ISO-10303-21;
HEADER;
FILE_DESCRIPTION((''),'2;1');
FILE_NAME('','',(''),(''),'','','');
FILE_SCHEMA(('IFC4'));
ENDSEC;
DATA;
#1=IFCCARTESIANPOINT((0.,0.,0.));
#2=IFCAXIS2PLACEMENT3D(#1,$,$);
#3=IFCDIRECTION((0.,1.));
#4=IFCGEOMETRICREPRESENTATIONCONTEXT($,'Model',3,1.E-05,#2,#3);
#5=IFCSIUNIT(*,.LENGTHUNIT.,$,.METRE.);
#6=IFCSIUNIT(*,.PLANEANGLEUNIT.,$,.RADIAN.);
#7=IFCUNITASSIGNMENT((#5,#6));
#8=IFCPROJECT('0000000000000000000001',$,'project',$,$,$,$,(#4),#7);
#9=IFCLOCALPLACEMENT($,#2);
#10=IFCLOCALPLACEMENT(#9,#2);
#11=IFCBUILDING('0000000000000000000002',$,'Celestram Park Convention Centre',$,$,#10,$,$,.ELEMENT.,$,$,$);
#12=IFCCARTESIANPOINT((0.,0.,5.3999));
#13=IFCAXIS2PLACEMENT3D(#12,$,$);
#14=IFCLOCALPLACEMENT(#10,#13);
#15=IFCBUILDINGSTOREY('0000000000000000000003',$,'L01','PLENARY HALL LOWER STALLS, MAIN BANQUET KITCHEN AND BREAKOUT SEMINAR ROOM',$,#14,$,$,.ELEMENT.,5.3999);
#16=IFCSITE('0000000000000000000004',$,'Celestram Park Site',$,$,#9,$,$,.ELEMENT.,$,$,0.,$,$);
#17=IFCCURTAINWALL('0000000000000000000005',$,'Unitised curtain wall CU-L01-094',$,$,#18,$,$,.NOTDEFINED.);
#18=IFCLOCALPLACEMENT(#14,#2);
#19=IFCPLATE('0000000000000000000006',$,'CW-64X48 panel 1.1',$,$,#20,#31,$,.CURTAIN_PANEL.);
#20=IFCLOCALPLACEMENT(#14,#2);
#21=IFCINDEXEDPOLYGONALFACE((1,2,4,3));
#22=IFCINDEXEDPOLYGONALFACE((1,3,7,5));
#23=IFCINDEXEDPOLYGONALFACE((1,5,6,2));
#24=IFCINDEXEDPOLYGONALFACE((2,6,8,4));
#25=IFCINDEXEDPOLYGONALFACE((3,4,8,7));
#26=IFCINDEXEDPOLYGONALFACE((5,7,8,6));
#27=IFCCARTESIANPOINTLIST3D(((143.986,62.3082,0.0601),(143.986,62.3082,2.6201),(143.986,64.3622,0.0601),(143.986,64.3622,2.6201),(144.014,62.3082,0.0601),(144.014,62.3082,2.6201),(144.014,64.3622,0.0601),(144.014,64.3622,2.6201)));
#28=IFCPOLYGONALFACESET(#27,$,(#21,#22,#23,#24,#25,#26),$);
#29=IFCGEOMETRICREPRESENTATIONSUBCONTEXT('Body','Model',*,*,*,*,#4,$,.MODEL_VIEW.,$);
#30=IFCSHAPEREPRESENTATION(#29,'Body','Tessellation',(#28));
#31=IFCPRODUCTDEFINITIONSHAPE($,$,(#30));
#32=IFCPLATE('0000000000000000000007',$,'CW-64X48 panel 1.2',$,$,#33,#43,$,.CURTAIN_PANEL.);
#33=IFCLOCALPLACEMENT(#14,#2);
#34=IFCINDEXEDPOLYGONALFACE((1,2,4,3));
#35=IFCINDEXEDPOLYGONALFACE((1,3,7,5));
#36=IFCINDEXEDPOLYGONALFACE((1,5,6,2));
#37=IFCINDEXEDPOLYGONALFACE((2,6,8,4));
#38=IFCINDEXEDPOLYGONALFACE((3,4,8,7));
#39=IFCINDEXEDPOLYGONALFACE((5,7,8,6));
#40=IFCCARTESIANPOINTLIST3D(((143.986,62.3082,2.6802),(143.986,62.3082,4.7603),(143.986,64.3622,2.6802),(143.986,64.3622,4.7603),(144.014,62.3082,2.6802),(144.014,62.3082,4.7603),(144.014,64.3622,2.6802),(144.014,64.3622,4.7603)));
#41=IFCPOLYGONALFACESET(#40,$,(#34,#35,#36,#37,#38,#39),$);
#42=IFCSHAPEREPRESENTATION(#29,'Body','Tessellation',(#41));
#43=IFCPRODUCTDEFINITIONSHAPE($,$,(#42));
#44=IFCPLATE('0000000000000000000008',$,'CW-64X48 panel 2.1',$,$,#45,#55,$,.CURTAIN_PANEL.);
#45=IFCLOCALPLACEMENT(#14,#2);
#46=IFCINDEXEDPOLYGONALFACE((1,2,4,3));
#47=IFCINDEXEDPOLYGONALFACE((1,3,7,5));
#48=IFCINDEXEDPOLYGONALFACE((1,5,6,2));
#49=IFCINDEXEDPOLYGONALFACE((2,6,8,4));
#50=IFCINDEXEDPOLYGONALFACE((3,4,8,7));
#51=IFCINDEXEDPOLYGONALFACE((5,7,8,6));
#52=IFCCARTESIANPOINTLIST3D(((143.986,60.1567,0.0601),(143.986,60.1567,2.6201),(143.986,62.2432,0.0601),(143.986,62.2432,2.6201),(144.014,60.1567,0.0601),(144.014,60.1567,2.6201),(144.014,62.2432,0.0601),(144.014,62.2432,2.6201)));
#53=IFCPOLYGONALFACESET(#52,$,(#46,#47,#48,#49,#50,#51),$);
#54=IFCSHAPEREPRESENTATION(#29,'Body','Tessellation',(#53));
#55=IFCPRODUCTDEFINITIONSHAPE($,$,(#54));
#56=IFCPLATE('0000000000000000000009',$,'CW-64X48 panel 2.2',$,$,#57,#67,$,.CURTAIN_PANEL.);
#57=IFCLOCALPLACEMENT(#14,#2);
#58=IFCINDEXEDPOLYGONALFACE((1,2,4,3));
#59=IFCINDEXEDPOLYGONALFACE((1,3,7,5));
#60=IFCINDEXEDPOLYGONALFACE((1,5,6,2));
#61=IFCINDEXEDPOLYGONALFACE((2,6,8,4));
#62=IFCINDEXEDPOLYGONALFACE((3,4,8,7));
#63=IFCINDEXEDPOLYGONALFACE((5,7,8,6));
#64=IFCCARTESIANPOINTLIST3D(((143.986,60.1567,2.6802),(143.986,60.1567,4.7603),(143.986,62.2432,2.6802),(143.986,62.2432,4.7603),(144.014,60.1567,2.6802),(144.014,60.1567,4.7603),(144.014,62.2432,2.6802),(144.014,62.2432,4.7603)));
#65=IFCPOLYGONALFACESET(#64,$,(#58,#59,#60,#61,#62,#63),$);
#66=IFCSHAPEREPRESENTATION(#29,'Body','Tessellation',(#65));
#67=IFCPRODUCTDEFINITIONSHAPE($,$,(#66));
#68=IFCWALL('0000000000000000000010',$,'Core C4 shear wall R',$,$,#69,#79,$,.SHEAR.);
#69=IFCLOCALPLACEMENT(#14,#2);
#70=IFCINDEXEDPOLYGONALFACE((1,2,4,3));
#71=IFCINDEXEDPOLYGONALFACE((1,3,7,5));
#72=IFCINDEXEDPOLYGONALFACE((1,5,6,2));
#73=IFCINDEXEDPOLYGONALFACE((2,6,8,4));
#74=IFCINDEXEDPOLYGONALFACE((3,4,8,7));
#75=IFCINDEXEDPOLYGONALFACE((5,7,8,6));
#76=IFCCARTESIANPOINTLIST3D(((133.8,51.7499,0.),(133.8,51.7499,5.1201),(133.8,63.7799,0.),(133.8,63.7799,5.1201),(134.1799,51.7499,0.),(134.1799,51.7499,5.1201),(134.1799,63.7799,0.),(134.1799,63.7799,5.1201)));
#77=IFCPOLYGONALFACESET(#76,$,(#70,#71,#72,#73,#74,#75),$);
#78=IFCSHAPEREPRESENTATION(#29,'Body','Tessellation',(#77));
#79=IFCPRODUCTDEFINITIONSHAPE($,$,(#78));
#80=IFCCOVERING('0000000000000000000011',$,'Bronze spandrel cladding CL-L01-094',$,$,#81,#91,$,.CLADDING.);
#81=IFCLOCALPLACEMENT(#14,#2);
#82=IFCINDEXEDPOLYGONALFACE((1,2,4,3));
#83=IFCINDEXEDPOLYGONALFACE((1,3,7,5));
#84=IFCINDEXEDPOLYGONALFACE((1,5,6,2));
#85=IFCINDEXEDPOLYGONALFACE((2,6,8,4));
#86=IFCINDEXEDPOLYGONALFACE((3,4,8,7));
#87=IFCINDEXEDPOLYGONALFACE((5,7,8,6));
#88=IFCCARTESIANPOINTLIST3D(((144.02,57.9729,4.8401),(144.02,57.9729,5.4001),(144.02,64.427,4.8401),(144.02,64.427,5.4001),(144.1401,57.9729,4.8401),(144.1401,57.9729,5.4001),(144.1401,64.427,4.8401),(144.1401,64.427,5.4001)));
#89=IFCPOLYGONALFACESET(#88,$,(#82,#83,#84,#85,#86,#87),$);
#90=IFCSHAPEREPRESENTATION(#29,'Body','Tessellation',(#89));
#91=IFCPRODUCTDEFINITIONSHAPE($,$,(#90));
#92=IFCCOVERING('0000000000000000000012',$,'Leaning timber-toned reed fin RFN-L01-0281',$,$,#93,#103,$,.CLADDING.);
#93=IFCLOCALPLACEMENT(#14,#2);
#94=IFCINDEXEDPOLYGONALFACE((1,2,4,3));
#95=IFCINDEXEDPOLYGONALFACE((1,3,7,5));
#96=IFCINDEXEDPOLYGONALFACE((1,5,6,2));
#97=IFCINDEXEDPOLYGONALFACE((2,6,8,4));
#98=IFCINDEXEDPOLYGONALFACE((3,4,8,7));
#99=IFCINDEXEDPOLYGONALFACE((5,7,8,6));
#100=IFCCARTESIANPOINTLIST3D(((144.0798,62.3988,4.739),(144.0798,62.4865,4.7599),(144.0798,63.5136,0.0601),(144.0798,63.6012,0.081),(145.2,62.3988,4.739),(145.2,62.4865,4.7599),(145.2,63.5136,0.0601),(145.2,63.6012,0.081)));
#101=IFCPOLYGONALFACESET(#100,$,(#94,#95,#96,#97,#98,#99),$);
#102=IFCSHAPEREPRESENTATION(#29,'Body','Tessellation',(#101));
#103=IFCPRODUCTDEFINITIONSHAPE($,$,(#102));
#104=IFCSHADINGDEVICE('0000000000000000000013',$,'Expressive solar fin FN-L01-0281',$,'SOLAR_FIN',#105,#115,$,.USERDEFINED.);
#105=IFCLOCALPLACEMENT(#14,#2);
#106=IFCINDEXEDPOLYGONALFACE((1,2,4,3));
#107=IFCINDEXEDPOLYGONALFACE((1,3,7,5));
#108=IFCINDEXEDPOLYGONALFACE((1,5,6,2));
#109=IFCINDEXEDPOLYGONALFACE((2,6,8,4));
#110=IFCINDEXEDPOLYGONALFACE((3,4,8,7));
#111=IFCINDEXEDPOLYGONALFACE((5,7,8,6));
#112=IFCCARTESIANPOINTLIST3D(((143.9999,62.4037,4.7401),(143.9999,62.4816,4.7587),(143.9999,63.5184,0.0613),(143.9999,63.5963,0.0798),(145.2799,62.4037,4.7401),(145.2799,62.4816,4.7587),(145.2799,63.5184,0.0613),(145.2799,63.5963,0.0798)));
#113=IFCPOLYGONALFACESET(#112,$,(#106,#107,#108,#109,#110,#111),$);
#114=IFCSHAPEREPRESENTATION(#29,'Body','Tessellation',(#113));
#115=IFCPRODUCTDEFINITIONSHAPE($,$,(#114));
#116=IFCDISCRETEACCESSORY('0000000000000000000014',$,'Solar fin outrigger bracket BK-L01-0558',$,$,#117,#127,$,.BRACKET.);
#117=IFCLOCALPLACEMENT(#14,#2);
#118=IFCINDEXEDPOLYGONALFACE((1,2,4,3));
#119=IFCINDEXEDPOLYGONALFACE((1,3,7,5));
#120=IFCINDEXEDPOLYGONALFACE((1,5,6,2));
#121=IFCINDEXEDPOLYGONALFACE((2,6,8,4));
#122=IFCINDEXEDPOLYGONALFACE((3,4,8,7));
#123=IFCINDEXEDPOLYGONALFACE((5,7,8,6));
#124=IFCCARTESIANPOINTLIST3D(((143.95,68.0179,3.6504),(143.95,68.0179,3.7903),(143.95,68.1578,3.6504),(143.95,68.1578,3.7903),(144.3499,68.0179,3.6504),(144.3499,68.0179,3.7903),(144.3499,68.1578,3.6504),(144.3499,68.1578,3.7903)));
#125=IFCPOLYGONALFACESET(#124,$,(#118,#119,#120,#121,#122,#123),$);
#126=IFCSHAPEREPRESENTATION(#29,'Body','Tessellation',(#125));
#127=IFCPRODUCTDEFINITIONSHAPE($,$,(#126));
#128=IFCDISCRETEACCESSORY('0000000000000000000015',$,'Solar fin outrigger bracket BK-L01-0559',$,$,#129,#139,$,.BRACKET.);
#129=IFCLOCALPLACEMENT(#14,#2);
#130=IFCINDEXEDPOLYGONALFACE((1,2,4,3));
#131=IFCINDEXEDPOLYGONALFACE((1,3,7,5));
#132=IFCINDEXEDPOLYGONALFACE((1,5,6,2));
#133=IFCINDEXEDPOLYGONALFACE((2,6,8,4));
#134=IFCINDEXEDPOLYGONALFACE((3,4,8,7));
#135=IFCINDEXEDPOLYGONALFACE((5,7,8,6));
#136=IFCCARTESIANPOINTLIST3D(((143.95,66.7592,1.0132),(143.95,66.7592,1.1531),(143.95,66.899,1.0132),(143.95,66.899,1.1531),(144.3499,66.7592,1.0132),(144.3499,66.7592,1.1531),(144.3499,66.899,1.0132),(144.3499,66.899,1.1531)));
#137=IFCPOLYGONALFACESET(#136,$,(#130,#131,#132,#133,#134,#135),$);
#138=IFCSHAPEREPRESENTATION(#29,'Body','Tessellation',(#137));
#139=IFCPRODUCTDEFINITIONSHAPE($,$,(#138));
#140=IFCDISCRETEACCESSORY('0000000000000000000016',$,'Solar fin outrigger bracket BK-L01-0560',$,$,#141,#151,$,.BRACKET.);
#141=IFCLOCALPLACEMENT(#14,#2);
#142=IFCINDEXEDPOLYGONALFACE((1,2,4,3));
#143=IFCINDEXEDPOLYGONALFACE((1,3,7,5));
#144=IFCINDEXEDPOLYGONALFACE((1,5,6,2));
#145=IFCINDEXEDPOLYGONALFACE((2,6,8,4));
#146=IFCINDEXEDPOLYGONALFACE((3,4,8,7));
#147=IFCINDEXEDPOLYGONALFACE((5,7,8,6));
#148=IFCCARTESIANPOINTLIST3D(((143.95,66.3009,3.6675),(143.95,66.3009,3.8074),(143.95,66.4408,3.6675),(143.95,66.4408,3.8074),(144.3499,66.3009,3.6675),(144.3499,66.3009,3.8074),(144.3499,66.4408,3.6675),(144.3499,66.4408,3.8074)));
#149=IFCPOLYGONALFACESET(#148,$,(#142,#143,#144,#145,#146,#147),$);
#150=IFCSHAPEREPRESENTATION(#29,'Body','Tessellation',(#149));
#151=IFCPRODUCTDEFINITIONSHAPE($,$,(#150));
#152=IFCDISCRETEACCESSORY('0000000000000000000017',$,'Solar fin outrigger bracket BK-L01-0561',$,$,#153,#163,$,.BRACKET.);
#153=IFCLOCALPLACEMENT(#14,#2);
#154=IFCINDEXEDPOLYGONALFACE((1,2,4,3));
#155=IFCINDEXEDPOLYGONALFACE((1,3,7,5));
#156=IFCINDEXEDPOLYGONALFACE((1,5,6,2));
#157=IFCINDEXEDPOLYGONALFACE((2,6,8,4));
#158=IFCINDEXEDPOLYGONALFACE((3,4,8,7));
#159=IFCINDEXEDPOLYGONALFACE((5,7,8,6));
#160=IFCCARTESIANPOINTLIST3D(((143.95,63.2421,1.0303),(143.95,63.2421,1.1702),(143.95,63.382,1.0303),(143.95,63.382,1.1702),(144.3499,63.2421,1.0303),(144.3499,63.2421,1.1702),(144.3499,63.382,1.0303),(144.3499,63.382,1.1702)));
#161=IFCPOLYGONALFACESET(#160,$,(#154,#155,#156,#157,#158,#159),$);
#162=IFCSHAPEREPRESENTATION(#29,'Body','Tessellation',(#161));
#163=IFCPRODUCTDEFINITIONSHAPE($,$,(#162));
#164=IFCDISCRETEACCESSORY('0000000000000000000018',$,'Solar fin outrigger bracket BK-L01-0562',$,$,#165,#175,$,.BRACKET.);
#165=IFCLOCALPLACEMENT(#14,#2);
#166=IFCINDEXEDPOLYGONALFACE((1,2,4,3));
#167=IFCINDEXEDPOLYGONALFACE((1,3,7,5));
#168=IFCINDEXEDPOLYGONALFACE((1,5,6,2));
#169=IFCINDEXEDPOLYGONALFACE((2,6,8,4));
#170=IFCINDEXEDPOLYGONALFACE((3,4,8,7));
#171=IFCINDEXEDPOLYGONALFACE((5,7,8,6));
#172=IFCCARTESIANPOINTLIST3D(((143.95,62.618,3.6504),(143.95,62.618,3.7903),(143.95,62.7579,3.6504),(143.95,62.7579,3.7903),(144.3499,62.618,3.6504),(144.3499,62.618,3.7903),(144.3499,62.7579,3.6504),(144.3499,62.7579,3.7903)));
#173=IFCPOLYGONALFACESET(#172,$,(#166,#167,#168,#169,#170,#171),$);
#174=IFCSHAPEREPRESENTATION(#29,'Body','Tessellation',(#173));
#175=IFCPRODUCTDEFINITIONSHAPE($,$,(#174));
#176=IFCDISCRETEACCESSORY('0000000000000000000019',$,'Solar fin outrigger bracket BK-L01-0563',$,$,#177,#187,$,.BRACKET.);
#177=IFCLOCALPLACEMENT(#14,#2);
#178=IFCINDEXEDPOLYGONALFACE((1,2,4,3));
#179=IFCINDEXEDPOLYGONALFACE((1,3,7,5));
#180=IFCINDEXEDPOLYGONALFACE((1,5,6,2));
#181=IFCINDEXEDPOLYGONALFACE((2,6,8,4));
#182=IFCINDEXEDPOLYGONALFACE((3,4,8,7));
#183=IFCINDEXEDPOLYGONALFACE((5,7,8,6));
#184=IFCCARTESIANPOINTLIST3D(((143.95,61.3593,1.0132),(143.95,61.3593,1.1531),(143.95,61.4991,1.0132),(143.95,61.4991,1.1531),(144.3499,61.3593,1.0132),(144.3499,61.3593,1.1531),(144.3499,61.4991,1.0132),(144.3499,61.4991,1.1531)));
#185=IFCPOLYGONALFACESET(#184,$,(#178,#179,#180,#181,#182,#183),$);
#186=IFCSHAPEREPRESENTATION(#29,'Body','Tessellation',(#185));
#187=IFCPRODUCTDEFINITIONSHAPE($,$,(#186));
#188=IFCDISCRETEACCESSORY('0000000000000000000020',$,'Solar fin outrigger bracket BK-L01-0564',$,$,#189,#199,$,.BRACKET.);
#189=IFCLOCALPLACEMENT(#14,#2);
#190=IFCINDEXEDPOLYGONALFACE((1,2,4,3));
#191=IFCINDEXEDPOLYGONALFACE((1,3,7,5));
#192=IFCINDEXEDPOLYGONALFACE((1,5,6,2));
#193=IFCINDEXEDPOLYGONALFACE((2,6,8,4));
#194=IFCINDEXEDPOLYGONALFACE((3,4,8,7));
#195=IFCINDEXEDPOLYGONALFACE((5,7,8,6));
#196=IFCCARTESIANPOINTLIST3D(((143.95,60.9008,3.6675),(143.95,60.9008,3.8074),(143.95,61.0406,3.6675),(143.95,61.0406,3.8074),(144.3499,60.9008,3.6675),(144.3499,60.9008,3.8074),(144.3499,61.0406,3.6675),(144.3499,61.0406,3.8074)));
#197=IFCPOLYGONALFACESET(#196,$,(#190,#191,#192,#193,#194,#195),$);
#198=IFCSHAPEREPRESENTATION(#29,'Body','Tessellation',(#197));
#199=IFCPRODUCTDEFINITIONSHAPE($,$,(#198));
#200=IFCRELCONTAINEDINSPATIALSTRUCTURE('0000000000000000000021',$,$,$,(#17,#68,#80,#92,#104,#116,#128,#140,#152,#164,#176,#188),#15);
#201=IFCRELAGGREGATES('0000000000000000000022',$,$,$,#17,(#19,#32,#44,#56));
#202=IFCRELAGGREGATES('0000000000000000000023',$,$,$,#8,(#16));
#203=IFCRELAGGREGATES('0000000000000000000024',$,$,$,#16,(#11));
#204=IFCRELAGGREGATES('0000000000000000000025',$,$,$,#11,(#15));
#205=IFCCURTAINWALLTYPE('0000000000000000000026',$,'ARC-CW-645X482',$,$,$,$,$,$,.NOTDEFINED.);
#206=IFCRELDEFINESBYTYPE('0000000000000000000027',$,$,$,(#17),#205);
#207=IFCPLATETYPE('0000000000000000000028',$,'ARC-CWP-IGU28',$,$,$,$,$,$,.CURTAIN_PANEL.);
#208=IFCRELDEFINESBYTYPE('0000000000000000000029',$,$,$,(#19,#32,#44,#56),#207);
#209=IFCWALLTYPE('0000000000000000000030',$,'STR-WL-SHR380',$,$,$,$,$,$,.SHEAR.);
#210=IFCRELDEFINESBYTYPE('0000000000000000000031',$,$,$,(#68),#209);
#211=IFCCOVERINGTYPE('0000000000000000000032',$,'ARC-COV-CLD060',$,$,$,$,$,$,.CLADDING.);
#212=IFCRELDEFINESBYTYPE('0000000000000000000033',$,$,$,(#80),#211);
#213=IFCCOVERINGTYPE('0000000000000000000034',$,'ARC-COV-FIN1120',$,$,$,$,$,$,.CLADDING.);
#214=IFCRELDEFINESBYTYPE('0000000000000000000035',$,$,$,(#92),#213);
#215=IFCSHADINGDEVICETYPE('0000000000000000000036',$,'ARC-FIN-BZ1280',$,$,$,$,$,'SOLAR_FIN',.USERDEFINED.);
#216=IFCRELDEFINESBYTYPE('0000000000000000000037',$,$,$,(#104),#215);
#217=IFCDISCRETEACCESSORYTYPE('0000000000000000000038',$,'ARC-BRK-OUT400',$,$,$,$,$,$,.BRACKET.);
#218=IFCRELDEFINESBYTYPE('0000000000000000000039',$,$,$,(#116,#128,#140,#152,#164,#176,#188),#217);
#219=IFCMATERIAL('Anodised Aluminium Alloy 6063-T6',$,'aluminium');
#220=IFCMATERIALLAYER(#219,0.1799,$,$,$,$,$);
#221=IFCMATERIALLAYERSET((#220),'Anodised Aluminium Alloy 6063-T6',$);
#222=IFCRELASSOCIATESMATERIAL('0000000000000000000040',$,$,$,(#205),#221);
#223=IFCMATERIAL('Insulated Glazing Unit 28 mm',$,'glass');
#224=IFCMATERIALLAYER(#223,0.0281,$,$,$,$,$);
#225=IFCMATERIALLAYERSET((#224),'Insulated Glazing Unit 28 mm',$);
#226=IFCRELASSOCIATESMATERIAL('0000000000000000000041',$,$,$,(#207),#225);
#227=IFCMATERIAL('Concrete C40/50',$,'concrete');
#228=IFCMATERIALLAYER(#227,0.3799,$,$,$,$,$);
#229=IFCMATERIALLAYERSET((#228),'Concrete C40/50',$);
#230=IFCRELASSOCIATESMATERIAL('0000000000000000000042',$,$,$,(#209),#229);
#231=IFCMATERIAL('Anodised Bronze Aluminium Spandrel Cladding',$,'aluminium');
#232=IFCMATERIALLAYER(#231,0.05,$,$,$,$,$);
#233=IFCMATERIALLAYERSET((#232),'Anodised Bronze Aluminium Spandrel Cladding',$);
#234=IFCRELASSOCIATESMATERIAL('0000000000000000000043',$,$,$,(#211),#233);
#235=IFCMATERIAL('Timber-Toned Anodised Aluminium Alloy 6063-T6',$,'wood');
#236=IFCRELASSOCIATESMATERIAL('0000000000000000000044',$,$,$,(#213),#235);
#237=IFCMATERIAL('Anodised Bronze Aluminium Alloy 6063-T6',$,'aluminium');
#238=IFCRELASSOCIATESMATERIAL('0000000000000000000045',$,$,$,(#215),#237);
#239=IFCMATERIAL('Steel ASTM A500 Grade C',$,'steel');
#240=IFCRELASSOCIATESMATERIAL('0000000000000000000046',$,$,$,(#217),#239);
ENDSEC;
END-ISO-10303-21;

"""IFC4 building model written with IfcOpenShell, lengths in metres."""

from ifc_helpers import new_model, si_unit, direction, frame, frame_2d, origin, origin_2d, place, context, subcontext, project, spatial, rectangle, extrude, material, layer, layer_set, material_profile, profile_set, type_object, element, aggregate, save


model = new_model("IFC4")

# Units and contexts
model_context = context("Model", 3, precision=1e-05, world=origin(), true_north=direction((0.0, 1.0)))
body_context = subcontext(model_context, "Body", "Model", "MODEL_VIEW")
ifc_project = project(units=[si_unit("LENGTHUNIT", "METRE"), si_unit("PLANEANGLEUNIT", "RADIAN")], contexts=[model_context])

# Site, building, storey
site_placement = place(None, origin())
site = spatial("IfcSite", under=ifc_project, at=site_placement, Name="Celestram Park Site", CompositionType="ELEMENT", RefElevation=0.0)
building_placement = place(site_placement, origin())
building = spatial("IfcBuilding", under=site, at=building_placement, Name="Celestram Park Convention Centre", CompositionType="ELEMENT")
storey_placement = place(building_placement, frame((0.0, 0.0, 5.3999)))
storey = spatial("IfcBuildingStorey", under=building, at=storey_placement, Name="L01", Description="PLENARY HALL LOWER STALLS, MAIN BANQUET KITCHEN AND BREAKOUT SEMINAR ROOM", CompositionType="ELEMENT", Elevation=5.3999)

# Shared definitions
ifc_material_1 = material(Name="Concrete C40/50", Category="concrete")

# Curtain wall
ifc_material_2 = material(Name="Anodised Aluminium Alloy 6063-T6", Category="aluminium")
ifc_layer_1 = layer(ifc_material_2, 0.1799)
ifc_layer_set_1 = layer_set([ifc_layer_1], Name="Anodised Aluminium Alloy 6063-T6")
curtain_wall_type = type_object("IfcCurtainWallType", Name="ARC-CW-645X482", PredefinedType="NOTDEFINED", material=ifc_layer_set_1)
curtain_wall_1_placement = place(storey_placement, origin())
curtain_wall_1 = element("IfcCurtainWall", 1, at=curtain_wall_1_placement, inside=storey, type_object=curtain_wall_type, Name="Unitised curtain wall CU-L01-094", PredefinedType="NOTDEFINED")

# Shared definitions
ifc_material_3 = material(Name="Steel ASTM A500 Grade C", Category="steel")

# Plates
ifc_material_4 = material(Name="Insulated Glazing Unit 28 mm", Category="glass")
ifc_layer_2 = layer(ifc_material_4, 0.0281)
ifc_layer_set_2 = layer_set([ifc_layer_2], Name="Insulated Glazing Unit 28 mm")
plate_type = type_object("IfcPlateType", Name="ARC-CWP-IGU28", PredefinedType="CURTAIN_PANEL", material=ifc_layer_set_2)
plate_1_placement = place(storey_placement, frame((144.0, 63.3352, 0.0601), z_axis=(0.0, 0.0, 1.0), x_axis=(0.0, -1.0, 0.0)))
plate_1 = element("IfcPlate", 2, at=plate_1_placement, type_object=plate_type, Name="CW-64X48 panel 1.1", PredefinedType="CURTAIN_PANEL", context=body_context, shape_type="SweptSolid", body=[
    extrude(rectangle(XDim=2.054, YDim=0.0281, at=origin_2d()), origin(), (0.0, 0.0, 1.0), 2.5601),
])
plate_2_placement = place(storey_placement, frame((144.0, 63.3352, 2.6802), z_axis=(0.0, 0.0, 1.0), x_axis=(0.0, -1.0, 0.0)))
plate_2 = element("IfcPlate", 3, at=plate_2_placement, type_object=plate_type, Name="CW-64X48 panel 1.2", PredefinedType="CURTAIN_PANEL", context=body_context, shape_type="SweptSolid", body=[
    extrude(rectangle(XDim=2.054, YDim=0.0281, at=origin_2d()), origin(), (0.0, 0.0, 1.0), 2.0801),
])
plate_3_placement = place(storey_placement, frame((144.0, 61.2, 0.0601), z_axis=(0.0, 0.0, 1.0), x_axis=(0.0, -1.0, 0.0)))
plate_3 = element("IfcPlate", 4, at=plate_3_placement, type_object=plate_type, Name="CW-64X48 panel 2.1", PredefinedType="CURTAIN_PANEL", context=body_context, shape_type="SweptSolid", body=[
    extrude(rectangle(XDim=2.0864, YDim=0.0281, at=origin_2d()), origin(), (0.0, 0.0, 1.0), 2.5601),
])
plate_4_placement = place(storey_placement, frame((144.0, 61.2, 2.6802), z_axis=(0.0, 0.0, 1.0), x_axis=(0.0, -1.0, 0.0)))
plate_4 = element("IfcPlate", 5, at=plate_4_placement, type_object=plate_type, Name="CW-64X48 panel 2.2", PredefinedType="CURTAIN_PANEL", context=body_context, shape_type="SweptSolid", body=[
    extrude(rectangle(XDim=2.0864, YDim=0.0281, at=origin_2d()), origin(), (0.0, 0.0, 1.0), 2.0801),
])
aggregate(curtain_wall_1, [plate_1, plate_2, plate_3, plate_4])

# Wall
ifc_layer_3 = layer(ifc_material_1, 0.3799)
ifc_layer_set_3 = layer_set([ifc_layer_3], Name="Concrete C40/50")
wall_type = type_object("IfcWallType", Name="STR-WL-SHR380", PredefinedType="SHEAR", material=ifc_layer_set_3)
wall_placement = place(storey_placement, frame((133.99, 63.78, 0.0), z_axis=(0.0, 0.0, 1.0), x_axis=(0.0, -1.0, 0.0)))
element("IfcWall", 6, at=wall_placement, inside=storey, type_object=wall_type, Name="Core C4 shear wall R", PredefinedType="SHEAR", context=body_context, shape_type="SweptSolid", body=[
    extrude(rectangle(XDim=12.03, YDim=0.3799, at=frame_2d((6.0151, 0.0))), origin(), (0.0, 0.0, 1.0), 5.1201),
])

# Coverings
ifc_material_5 = material(Name="Anodised Bronze Aluminium Spandrel Cladding", Category="aluminium")
ifc_layer_4 = layer(ifc_material_5, 0.05)
ifc_layer_set_4 = layer_set([ifc_layer_4], Name="Anodised Bronze Aluminium Spandrel Cladding")
covering_type_1 = type_object("IfcCoveringType", Name="ARC-COV-CLD060", PredefinedType="CLADDING", material=ifc_layer_set_4)
covering_1_placement = place(storey_placement, frame((144.0801, 61.2, 4.8401), z_axis=(0.0, 0.0, 1.0), x_axis=(0.0, -1.0, 0.0)))
element("IfcCovering", 7, at=covering_1_placement, inside=storey, type_object=covering_type_1, Name="Bronze spandrel cladding CL-L01-094", PredefinedType="CLADDING", context=body_context, shape_type="SweptSolid", body=[
    extrude(rectangle(XDim=6.4541, YDim=0.1201, at=origin_2d()), origin(), (0.0, 0.0, 1.0), 0.5601),
])
ifc_material_6 = material(Name="Timber-Toned Anodised Aluminium Alloy 6063-T6", Category="wood")
ifc_material_profile_1 = material_profile(ifc_material_6, rectangle(XDim=1.1201, YDim=0.0901, at=origin_2d()), Name="REED1120X90")
ifc_profile_set_1 = profile_set([ifc_material_profile_1], Name="Timber-Toned Anodised Aluminium Alloy 6063-T6")
covering_type_2 = type_object("IfcCoveringType", Name="ARC-COV-FIN1120", PredefinedType="CLADDING", material=ifc_profile_set_1)
covering_2_placement = place(storey_placement, frame((144.6399, 63.5574, 0.0706), z_axis=(0.0, -0.23176, 0.972773), x_axis=(1.0, 0.0, 0.0)))
element("IfcCovering", 8, at=covering_2_placement, inside=storey, type_object=covering_type_2, Name="Leaning timber-toned reed fin RFN-L01-0281", PredefinedType="CLADDING", context=body_context, shape_type="SweptSolid", body=[
    extrude(rectangle(XDim=1.1201, YDim=0.0901, at=origin_2d()), origin(), (0.0, 0.0, 1.0), 4.8098),
])

# Shading device
ifc_material_7 = material(Name="Anodised Bronze Aluminium Alloy 6063-T6", Category="aluminium")
ifc_material_profile_2 = material_profile(ifc_material_7, rectangle(XDim=1.28, YDim=0.0801, at=origin_2d()), Name="FIN1280X80")
ifc_profile_set_2 = profile_set([ifc_material_profile_2], Name="Anodised Bronze Aluminium Alloy 6063-T6")
shading_device_type = type_object("IfcShadingDeviceType", Name="ARC-FIN-BZ1280", ElementType="SOLAR_FIN", PredefinedType="USERDEFINED", material=ifc_profile_set_2)
shading_device_placement = place(storey_placement, frame((144.6399, 63.5574, 0.0706), z_axis=(0.0, -0.23176, 0.972773), x_axis=(1.0, 0.0, 0.0)))
element("IfcShadingDevice", 9, at=shading_device_placement, inside=storey, type_object=shading_device_type, Name="Expressive solar fin FN-L01-0281", ObjectType="SOLAR_FIN", PredefinedType="USERDEFINED", context=body_context, shape_type="SweptSolid", body=[
    extrude(rectangle(XDim=1.28, YDim=0.0801, at=origin_2d()), origin(), (0.0, 0.0, 1.0), 4.8098),
])

# Discrete accessories
discrete_accessory_type = type_object("IfcDiscreteAccessoryType", Name="ARC-BRK-OUT400", PredefinedType="BRACKET", material=ifc_material_3)
for number, where, z_axis, x_axis, name in (
    (10, (144.1499, 68.0879, 3.6504), (0.0, 0.0, 1.0), (1.0, 0.0, 0.0), "Solar fin outrigger bracket BK-L01-0558"),
    (11, (144.1499, 66.8291, 1.0132), (0.0, 0.0, 1.0), (1.0, 0.0, 0.0), "Solar fin outrigger bracket BK-L01-0559"),
    (12, (144.1499, 66.3708, 3.6675), (0.0, 0.0, 1.0), (1.0, 0.0, 0.0), "Solar fin outrigger bracket BK-L01-0560"),
    (13, (144.1499, 63.312, 1.0303), (0.0, 0.0, 1.0), (1.0, 0.0, 0.0), "Solar fin outrigger bracket BK-L01-0561"),
    (14, (144.1499, 62.688, 3.6504), (0.0, 0.0, 1.0), (1.0, 0.0, 0.0), "Solar fin outrigger bracket BK-L01-0562"),
    (15, (144.1499, 61.4292, 1.0132), (0.0, 0.0, 1.0), (1.0, 0.0, 0.0), "Solar fin outrigger bracket BK-L01-0563"),
    (16, (144.1499, 60.9707, 3.6675), (0.0, 0.0, 1.0), (1.0, 0.0, 0.0), "Solar fin outrigger bracket BK-L01-0564"),
):
    element("IfcDiscreteAccessory", number, at=place(storey_placement, frame(where, z_axis=z_axis, x_axis=x_axis)), inside=storey, type_object=discrete_accessory_type, Name=name, PredefinedType="BRACKET", context=body_context, shape_type="SweptSolid", body=[
        extrude(rectangle(XDim=0.3999, YDim=0.1399, at=origin_2d()), origin(), (0.0, 0.0, 1.0), 0.1399),
    ])

save(model, "model.ifc")
